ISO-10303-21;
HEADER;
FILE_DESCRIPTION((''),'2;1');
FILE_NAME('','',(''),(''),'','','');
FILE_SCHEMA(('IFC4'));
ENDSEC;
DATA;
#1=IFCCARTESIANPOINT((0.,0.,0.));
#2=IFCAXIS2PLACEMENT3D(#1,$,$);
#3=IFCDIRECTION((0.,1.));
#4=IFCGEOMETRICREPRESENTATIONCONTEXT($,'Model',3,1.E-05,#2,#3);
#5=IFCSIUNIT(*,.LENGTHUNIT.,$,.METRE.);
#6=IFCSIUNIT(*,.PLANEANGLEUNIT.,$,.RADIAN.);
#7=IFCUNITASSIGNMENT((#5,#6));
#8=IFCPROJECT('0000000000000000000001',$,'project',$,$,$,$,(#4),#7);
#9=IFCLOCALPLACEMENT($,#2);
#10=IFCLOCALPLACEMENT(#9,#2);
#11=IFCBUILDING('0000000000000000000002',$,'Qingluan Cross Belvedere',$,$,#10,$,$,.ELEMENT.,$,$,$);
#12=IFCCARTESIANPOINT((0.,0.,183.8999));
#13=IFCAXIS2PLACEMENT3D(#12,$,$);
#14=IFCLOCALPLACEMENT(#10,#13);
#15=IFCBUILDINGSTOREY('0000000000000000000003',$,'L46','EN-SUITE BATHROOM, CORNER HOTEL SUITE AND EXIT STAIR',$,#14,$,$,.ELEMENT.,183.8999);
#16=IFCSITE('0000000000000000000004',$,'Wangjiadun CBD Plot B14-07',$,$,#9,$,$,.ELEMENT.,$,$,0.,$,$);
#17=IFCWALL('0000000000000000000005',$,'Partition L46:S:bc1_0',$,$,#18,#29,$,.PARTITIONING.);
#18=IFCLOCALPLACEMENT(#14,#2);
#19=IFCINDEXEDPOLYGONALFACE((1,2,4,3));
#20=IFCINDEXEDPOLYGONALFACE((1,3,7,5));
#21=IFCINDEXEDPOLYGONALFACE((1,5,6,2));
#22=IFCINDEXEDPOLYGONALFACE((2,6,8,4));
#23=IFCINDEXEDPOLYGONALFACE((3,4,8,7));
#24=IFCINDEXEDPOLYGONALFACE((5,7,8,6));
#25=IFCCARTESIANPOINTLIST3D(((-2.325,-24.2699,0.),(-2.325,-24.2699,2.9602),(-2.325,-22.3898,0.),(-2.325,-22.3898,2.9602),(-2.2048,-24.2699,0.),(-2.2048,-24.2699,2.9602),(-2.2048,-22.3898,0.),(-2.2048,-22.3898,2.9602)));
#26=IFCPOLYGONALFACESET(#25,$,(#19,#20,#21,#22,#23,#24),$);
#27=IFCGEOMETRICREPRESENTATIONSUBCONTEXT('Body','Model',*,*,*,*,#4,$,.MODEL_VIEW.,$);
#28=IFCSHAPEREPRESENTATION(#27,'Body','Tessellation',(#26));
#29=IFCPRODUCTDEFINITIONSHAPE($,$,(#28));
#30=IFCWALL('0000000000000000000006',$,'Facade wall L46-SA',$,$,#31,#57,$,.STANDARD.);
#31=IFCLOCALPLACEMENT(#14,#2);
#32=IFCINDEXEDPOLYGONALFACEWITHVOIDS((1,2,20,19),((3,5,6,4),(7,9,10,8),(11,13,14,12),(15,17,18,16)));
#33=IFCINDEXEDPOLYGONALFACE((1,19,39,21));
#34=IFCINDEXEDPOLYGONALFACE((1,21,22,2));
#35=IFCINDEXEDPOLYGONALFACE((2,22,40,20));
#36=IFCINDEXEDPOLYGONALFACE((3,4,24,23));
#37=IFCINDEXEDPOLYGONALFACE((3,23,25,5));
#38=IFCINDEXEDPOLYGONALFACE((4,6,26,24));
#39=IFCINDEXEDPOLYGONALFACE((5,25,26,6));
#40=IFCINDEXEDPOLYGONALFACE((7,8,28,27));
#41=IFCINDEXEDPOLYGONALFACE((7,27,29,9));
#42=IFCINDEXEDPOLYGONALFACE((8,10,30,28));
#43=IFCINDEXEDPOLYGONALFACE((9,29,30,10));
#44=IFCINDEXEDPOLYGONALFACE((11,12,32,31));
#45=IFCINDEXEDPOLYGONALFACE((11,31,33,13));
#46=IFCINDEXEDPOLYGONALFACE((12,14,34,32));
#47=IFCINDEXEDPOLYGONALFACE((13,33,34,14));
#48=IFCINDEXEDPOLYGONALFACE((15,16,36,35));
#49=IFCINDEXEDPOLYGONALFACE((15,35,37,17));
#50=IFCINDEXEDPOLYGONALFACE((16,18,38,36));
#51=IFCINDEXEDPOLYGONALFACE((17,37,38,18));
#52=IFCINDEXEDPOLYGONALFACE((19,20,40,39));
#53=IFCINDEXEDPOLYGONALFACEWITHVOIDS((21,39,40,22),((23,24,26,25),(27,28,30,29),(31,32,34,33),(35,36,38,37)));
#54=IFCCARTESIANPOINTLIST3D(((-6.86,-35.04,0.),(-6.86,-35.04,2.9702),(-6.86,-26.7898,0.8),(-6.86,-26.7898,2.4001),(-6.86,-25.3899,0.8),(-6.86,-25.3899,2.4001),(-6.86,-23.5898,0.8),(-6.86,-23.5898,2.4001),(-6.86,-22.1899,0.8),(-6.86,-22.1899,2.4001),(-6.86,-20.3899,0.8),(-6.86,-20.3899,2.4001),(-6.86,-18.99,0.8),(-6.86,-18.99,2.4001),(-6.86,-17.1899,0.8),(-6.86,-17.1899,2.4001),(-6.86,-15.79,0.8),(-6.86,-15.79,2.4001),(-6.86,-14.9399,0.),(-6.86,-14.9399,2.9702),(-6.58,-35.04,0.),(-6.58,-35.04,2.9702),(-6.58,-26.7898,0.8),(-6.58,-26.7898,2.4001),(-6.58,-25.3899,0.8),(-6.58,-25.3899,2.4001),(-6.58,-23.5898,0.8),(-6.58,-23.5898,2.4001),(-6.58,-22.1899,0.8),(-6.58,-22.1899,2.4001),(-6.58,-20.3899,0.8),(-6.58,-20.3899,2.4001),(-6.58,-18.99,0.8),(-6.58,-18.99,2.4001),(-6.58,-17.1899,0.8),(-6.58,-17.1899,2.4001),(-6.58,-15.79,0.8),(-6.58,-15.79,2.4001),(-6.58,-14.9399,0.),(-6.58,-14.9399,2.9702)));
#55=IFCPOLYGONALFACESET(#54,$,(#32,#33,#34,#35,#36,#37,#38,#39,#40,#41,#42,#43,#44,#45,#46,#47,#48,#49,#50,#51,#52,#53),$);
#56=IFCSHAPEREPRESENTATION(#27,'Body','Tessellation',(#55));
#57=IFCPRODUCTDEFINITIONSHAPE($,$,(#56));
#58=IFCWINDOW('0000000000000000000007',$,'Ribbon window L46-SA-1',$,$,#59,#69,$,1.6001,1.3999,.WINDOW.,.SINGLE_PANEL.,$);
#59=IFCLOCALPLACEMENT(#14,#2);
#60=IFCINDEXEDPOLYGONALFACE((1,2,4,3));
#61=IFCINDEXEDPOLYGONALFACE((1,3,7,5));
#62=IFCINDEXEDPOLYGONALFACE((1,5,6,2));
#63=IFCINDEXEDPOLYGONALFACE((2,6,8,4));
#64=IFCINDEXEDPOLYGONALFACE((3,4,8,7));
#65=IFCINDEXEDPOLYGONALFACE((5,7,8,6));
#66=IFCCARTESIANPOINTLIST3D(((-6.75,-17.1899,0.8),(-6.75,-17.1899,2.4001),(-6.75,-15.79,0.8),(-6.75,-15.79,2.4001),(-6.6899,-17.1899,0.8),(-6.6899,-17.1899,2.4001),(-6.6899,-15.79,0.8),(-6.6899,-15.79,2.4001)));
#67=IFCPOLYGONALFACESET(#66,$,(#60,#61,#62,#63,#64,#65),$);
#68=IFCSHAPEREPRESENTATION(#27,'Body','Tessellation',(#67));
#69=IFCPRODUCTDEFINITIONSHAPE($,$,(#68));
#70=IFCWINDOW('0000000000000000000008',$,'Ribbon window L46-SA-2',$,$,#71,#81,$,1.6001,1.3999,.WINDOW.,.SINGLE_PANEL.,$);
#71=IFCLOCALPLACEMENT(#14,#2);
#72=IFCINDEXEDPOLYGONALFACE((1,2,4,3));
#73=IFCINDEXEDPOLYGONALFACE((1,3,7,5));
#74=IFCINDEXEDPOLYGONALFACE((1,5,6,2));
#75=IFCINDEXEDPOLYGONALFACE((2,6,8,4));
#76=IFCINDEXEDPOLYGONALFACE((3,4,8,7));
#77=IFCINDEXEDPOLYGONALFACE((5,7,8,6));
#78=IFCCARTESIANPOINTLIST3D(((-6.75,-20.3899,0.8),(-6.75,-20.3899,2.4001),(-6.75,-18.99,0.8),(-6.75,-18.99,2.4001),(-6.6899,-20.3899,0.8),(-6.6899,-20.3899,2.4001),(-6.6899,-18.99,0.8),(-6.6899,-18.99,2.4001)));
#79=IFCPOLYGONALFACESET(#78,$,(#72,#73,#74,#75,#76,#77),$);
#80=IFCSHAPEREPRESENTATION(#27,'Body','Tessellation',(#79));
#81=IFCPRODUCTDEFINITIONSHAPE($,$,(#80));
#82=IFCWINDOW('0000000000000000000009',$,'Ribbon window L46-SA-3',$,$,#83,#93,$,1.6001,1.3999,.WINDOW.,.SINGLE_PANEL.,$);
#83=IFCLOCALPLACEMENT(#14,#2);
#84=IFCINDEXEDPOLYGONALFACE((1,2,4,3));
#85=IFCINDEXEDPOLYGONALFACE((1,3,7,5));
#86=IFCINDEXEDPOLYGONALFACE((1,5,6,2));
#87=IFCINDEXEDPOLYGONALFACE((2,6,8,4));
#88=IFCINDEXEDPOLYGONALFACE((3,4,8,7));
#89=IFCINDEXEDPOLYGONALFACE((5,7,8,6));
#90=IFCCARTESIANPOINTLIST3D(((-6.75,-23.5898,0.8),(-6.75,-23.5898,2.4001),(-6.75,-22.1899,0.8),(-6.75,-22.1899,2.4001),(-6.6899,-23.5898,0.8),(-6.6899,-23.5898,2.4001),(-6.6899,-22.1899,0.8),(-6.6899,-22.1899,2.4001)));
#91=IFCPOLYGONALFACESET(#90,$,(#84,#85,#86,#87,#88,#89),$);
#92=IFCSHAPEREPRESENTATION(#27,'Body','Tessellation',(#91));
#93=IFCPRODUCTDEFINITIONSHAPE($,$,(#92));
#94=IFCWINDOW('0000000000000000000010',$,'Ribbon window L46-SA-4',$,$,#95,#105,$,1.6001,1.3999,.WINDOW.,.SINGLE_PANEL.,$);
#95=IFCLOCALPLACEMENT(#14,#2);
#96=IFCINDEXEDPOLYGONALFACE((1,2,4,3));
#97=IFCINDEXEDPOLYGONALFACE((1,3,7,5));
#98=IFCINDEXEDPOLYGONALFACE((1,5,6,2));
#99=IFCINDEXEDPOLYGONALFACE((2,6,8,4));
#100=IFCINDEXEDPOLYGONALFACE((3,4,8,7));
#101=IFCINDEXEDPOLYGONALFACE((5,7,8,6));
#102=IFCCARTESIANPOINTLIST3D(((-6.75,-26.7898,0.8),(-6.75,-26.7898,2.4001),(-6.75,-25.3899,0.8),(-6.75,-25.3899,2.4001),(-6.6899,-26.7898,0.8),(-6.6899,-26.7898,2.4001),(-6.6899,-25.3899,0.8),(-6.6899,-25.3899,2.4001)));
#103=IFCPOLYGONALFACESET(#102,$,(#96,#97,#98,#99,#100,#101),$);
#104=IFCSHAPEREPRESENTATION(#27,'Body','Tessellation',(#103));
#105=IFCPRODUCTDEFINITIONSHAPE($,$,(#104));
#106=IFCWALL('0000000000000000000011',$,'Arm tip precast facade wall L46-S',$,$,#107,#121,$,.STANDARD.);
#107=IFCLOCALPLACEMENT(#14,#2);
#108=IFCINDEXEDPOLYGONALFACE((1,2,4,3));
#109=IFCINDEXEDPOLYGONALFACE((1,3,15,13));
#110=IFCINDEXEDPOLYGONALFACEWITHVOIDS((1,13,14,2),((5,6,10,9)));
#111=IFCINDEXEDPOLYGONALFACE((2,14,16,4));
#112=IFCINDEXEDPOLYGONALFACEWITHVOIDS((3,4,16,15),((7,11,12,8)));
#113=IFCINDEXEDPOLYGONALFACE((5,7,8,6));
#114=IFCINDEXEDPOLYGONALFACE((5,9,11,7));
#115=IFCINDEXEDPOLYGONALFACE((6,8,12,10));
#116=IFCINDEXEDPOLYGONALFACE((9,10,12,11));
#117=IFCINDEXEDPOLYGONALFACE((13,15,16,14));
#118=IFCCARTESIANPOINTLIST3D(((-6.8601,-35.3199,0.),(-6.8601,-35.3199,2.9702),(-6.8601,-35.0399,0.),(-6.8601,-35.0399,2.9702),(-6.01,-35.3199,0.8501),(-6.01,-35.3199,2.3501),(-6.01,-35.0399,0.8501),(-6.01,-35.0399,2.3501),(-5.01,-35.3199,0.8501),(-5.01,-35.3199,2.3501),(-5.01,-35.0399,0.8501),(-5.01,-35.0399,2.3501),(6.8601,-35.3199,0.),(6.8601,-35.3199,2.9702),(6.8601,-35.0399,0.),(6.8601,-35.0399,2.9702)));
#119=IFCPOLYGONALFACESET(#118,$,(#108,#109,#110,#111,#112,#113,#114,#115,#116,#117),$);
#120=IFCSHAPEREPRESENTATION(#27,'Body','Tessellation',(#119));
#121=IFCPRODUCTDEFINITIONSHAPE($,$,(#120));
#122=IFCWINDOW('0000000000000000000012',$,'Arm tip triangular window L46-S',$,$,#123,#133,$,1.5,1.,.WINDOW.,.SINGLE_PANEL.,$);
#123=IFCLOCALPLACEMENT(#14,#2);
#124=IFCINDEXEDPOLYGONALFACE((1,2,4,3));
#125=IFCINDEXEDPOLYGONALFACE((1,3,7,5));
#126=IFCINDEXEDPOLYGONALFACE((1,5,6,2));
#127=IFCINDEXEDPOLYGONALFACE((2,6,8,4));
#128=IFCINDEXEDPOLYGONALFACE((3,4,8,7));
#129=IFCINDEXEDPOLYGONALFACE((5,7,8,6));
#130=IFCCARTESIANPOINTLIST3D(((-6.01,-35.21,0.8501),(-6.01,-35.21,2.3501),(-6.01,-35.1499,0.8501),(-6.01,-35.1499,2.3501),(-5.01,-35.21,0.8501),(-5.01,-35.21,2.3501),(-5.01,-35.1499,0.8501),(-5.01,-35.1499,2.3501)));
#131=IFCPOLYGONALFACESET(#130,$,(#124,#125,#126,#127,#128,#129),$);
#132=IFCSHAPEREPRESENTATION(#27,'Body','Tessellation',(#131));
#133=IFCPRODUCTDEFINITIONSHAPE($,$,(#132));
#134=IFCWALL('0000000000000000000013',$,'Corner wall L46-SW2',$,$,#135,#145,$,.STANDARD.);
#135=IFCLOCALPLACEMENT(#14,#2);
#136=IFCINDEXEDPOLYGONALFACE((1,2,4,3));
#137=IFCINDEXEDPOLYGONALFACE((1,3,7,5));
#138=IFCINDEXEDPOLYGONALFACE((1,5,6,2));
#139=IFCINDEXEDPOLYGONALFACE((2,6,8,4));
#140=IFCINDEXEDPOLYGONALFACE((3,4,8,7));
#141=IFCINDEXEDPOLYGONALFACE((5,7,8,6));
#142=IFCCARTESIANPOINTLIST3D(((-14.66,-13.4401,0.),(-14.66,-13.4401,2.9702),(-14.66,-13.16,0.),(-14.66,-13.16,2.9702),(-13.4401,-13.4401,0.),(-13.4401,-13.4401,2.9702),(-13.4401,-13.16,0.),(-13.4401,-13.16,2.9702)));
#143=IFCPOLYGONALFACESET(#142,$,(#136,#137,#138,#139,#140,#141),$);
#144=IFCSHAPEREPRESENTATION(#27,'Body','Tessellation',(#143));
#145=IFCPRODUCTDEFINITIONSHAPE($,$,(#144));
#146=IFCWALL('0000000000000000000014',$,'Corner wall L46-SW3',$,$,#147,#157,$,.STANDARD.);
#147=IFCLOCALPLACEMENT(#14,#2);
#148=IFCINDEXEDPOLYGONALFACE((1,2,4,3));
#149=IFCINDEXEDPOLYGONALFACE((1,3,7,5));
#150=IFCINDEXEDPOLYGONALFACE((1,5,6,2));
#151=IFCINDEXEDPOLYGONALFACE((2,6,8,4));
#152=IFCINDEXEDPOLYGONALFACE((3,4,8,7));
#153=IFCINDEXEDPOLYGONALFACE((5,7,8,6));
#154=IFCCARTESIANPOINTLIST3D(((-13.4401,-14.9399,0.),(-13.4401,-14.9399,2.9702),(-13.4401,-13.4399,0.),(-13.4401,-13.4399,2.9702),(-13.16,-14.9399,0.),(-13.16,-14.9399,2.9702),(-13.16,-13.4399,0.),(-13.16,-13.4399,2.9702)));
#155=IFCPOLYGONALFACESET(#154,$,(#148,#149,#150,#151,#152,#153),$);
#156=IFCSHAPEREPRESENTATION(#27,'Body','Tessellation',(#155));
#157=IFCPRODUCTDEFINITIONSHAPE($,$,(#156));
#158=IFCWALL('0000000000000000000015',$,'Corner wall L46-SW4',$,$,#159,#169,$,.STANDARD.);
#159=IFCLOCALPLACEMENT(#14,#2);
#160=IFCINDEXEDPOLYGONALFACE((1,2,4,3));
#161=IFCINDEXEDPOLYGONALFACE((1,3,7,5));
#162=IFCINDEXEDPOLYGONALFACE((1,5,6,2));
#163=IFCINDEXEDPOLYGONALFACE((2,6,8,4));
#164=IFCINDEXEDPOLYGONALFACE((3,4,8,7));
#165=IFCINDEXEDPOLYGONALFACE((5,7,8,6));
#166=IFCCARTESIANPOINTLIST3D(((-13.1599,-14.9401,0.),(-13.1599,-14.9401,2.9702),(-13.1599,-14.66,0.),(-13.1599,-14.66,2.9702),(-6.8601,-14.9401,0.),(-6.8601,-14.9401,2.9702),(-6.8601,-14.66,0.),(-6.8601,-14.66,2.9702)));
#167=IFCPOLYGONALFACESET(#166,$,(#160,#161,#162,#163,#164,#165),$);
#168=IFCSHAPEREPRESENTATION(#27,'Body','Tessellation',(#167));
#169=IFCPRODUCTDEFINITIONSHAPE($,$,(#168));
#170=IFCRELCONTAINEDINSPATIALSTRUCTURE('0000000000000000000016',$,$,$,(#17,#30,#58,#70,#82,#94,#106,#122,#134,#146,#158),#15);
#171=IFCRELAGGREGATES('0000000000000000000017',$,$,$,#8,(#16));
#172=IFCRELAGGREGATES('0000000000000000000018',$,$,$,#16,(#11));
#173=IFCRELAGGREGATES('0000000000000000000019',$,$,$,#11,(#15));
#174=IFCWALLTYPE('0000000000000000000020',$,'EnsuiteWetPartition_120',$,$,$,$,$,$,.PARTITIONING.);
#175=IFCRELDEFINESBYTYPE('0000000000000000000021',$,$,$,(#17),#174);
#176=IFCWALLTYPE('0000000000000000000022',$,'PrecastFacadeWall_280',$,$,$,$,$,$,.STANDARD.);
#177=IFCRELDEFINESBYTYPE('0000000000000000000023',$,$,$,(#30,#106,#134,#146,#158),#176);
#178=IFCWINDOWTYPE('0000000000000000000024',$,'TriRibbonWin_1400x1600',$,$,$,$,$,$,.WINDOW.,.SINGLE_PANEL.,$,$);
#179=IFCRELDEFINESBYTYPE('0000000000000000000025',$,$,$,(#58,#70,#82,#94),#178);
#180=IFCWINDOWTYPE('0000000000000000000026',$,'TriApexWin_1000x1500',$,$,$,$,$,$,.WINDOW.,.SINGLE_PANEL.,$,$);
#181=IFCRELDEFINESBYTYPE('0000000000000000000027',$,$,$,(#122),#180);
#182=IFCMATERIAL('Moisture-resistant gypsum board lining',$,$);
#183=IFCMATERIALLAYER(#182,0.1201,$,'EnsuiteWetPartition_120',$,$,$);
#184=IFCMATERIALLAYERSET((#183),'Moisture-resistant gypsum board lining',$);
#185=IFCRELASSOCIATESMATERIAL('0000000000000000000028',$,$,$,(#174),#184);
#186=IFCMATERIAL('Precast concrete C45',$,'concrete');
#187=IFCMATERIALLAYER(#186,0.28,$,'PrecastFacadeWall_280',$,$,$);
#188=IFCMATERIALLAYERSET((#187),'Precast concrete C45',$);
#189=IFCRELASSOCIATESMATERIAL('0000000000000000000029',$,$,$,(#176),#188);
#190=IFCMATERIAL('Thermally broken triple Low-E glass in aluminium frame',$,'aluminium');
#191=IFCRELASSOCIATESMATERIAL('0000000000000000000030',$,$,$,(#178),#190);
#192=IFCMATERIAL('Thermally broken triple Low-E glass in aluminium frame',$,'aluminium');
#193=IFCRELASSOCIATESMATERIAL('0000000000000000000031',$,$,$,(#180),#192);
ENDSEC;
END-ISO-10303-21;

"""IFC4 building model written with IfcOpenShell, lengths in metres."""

from ifc_helpers import new_model, si_unit, direction, frame, frame_2d, origin, place, context, subcontext, project, spatial, rectangle, extrude, material, layer, layer_set, type_object, element, fill, save


model = new_model("IFC4")

# Units and contexts
model_context = context("Model", 3, precision=1e-05, world=origin(), true_north=direction((0.0, 1.0)))
body_context = subcontext(model_context, "Body", "Model", "MODEL_VIEW")
ifc_project = project(units=[si_unit("LENGTHUNIT", "METRE"), si_unit("PLANEANGLEUNIT", "RADIAN")], contexts=[model_context])

# Site, building, storey
site_placement = place(None, origin())
site = spatial("IfcSite", under=ifc_project, at=site_placement, Name="Wangjiadun CBD Plot B14-07", CompositionType="ELEMENT", RefElevation=0.0)
building_placement = place(site_placement, origin())
building = spatial("IfcBuilding", under=site, at=building_placement, Name="Qingluan Cross Belvedere", CompositionType="ELEMENT")
storey_placement = place(building_placement, frame((0.0, 0.0, 183.8999)))
storey = spatial("IfcBuildingStorey", under=building, at=storey_placement, Name="L46", Description="EN-SUITE BATHROOM, CORNER HOTEL SUITE AND EXIT STAIR", CompositionType="ELEMENT", Elevation=183.8999)

# Wall
ifc_material_1 = material(Name="Moisture-resistant gypsum board lining")
ifc_layer_1 = layer(ifc_material_1, 0.1201, Name="EnsuiteWetPartition_120")
ifc_layer_set_1 = layer_set([ifc_layer_1], Name="Moisture-resistant gypsum board lining")
wall_type_1 = type_object("IfcWallType", Name="EnsuiteWetPartition_120", PredefinedType="PARTITIONING", material=ifc_layer_set_1)
wall_1_placement = place(storey_placement, frame((-2.2649, -22.3899, 0.0), z_axis=(0.0, 0.0, 1.0), x_axis=(0.0, -1.0, 0.0)))
element("IfcWall", 1, at=wall_1_placement, inside=storey, type_object=wall_type_1, Name="Partition L46:S:bc1_0", PredefinedType="PARTITIONING", context=body_context, shape_type="SweptSolid", body=[
    extrude(rectangle(XDim=1.8801, YDim=0.1201, at=frame_2d((0.9399, 0.0))), origin(), (0.0, 0.0, 1.0), 2.9602),
])

# Wall, openings, windows
ifc_material_2 = material(Name="Precast concrete C45", Category="concrete")
ifc_layer_2 = layer(ifc_material_2, 0.28, Name="PrecastFacadeWall_280")
ifc_layer_set_2 = layer_set([ifc_layer_2], Name="Precast concrete C45")
wall_type_2 = type_object("IfcWallType", Name="PrecastFacadeWall_280", PredefinedType="STANDARD", material=ifc_layer_set_2)
wall_2_placement = place(storey_placement, frame((-6.72, -14.9399, 0.0), z_axis=(0.0, 0.0, 1.0), x_axis=(0.0, -1.0, 0.0)))
wall_2 = element("IfcWall", 2, at=wall_2_placement, inside=storey, type_object=wall_type_2, Name="Facade wall L46-SA", PredefinedType="STANDARD", context=body_context, shape_type="SweptSolid", body=[
    extrude(rectangle(XDim=20.1001, YDim=0.28, at=frame_2d((10.05, 0.0))), origin(), (0.0, 0.0, 1.0), 2.9702),
])
opening_1_placement = place(wall_2_placement, frame((0.8501, 0.0, 0.8)))
opening_1 = element("IfcOpeningElement", 3, at=opening_1_placement, cuts=wall_2, PredefinedType="OPENING", context=body_context, shape_type="SweptSolid", body=[
    extrude(rectangle(XDim=1.3999, YDim=1.6001, at=frame_2d((0.7, 0.8))), frame((0.0, 0.1499, 0.0), z_axis=(0.0, -1.0, 0.0), x_axis=(1.0, 0.0, 0.0)), (0.0, 0.0, 1.0), 0.3),
])
opening_2_placement = place(wall_2_placement, frame((4.05, 0.0, 0.8)))
opening_2 = element("IfcOpeningElement", 4, at=opening_2_placement, cuts=wall_2, PredefinedType="OPENING", context=body_context, shape_type="SweptSolid", body=[
    extrude(rectangle(XDim=1.3999, YDim=1.6001, at=frame_2d((0.7, 0.8))), frame((0.0, 0.1499, 0.0), z_axis=(0.0, -1.0, 0.0), x_axis=(1.0, 0.0, 0.0)), (0.0, 0.0, 1.0), 0.3),
])
opening_3_placement = place(wall_2_placement, frame((7.25, 0.0, 0.8)))
opening_3 = element("IfcOpeningElement", 5, at=opening_3_placement, cuts=wall_2, PredefinedType="OPENING", context=body_context, shape_type="SweptSolid", body=[
    extrude(rectangle(XDim=1.3999, YDim=1.6001, at=frame_2d((0.7, 0.8))), frame((0.0, 0.1499, 0.0), z_axis=(0.0, -1.0, 0.0), x_axis=(1.0, 0.0, 0.0)), (0.0, 0.0, 1.0), 0.3),
])
opening_4_placement = place(wall_2_placement, frame((10.45, 0.0, 0.8)))
opening_4 = element("IfcOpeningElement", 6, at=opening_4_placement, cuts=wall_2, PredefinedType="OPENING", context=body_context, shape_type="SweptSolid", body=[
    extrude(rectangle(XDim=1.3999, YDim=1.6001, at=frame_2d((0.7, 0.8))), frame((0.0, 0.1499, 0.0), z_axis=(0.0, -1.0, 0.0), x_axis=(1.0, 0.0, 0.0)), (0.0, 0.0, 1.0), 0.3),
])
ifc_material_3 = material(Name="Thermally broken triple Low-E glass in aluminium frame", Category="aluminium")
window_type_1 = type_object("IfcWindowType", Name="TriRibbonWin_1400x1600", PartitioningType="SINGLE_PANEL", PredefinedType="WINDOW", material=ifc_material_3)
window_1_placement = place(opening_1_placement, origin())
window_1 = element("IfcWindow", 7, at=window_1_placement, inside=storey, type_object=window_type_1, Name="Ribbon window L46-SA-1", OverallHeight=1.6001, OverallWidth=1.3999, PartitioningType="SINGLE_PANEL", PredefinedType="WINDOW", context=body_context, shape_type="SweptSolid", body=[
    extrude(rectangle(XDim=1.3999, YDim=1.6001, at=frame_2d((0.7, 0.8))), frame((0.0, 0.03, 0.0), z_axis=(0.0, -1.0, 0.0), x_axis=(1.0, 0.0, 0.0)), (0.0, 0.0, 1.0), 0.0601),
])
fill(opening_1, window_1)
window_2_placement = place(opening_2_placement, origin())
window_2 = element("IfcWindow", 8, at=window_2_placement, inside=storey, type_object=window_type_1, Name="Ribbon window L46-SA-2", OverallHeight=1.6001, OverallWidth=1.3999, PartitioningType="SINGLE_PANEL", PredefinedType="WINDOW", context=body_context, shape_type="SweptSolid", body=[
    extrude(rectangle(XDim=1.3999, YDim=1.6001, at=frame_2d((0.7, 0.8))), frame((0.0, 0.03, 0.0), z_axis=(0.0, -1.0, 0.0), x_axis=(1.0, 0.0, 0.0)), (0.0, 0.0, 1.0), 0.0601),
])
fill(opening_2, window_2)
window_3_placement = place(opening_3_placement, origin())
window_3 = element("IfcWindow", 9, at=window_3_placement, inside=storey, type_object=window_type_1, Name="Ribbon window L46-SA-3", OverallHeight=1.6001, OverallWidth=1.3999, PartitioningType="SINGLE_PANEL", PredefinedType="WINDOW", context=body_context, shape_type="SweptSolid", body=[
    extrude(rectangle(XDim=1.3999, YDim=1.6001, at=frame_2d((0.7, 0.8))), frame((0.0, 0.03, 0.0), z_axis=(0.0, -1.0, 0.0), x_axis=(1.0, 0.0, 0.0)), (0.0, 0.0, 1.0), 0.0601),
])
fill(opening_3, window_3)
window_4_placement = place(opening_4_placement, origin())
window_4 = element("IfcWindow", 10, at=window_4_placement, inside=storey, type_object=window_type_1, Name="Ribbon window L46-SA-4", OverallHeight=1.6001, OverallWidth=1.3999, PartitioningType="SINGLE_PANEL", PredefinedType="WINDOW", context=body_context, shape_type="SweptSolid", body=[
    extrude(rectangle(XDim=1.3999, YDim=1.6001, at=frame_2d((0.7, 0.8))), frame((0.0, 0.03, 0.0), z_axis=(0.0, -1.0, 0.0), x_axis=(1.0, 0.0, 0.0)), (0.0, 0.0, 1.0), 0.0601),
])
fill(opening_4, window_4)

# Wall, opening, window
wall_3_placement = place(storey_placement, frame((-6.8601, -35.1799, 0.0), z_axis=(0.0, 0.0, 1.0), x_axis=(1.0, 0.0, 0.0)))
wall_3 = element("IfcWall", 11, at=wall_3_placement, inside=storey, type_object=wall_type_2, Name="Arm tip precast facade wall L46-S", PredefinedType="STANDARD", context=body_context, shape_type="SweptSolid", body=[
    extrude(rectangle(XDim=13.7202, YDim=0.28, at=frame_2d((6.8601, 0.0))), origin(), (0.0, 0.0, 1.0), 2.9702),
])
opening_5_placement = place(wall_3_placement, frame((0.8501, 0.0, 0.8501)))
opening_5 = element("IfcOpeningElement", 12, at=opening_5_placement, cuts=wall_3, PredefinedType="OPENING", context=body_context, shape_type="SweptSolid", body=[
    extrude(rectangle(XDim=1.0, YDim=1.5, at=frame_2d((0.5, 0.75))), frame((0.0, 0.1499, 0.0), z_axis=(0.0, -1.0, 0.0), x_axis=(1.0, 0.0, 0.0)), (0.0, 0.0, 1.0), 0.3),
])
ifc_material_4 = material(Name="Thermally broken triple Low-E glass in aluminium frame", Category="aluminium")
window_type_2 = type_object("IfcWindowType", Name="TriApexWin_1000x1500", PartitioningType="SINGLE_PANEL", PredefinedType="WINDOW", material=ifc_material_4)
window_5_placement = place(opening_5_placement, origin())
window_5 = element("IfcWindow", 13, at=window_5_placement, inside=storey, type_object=window_type_2, Name="Arm tip triangular window L46-S", OverallHeight=1.5, OverallWidth=1.0, PartitioningType="SINGLE_PANEL", PredefinedType="WINDOW", context=body_context, shape_type="SweptSolid", body=[
    extrude(rectangle(XDim=1.0, YDim=1.5, at=frame_2d((0.5, 0.75))), frame((0.0, 0.03, 0.0), z_axis=(0.0, -1.0, 0.0), x_axis=(1.0, 0.0, 0.0)), (0.0, 0.0, 1.0), 0.0601),
])
fill(opening_5, window_5)

# Walls
wall_4_placement = place(storey_placement, frame((-14.6599, -13.3, 0.0), z_axis=(0.0, 0.0, 1.0), x_axis=(1.0, 0.0, 0.0)))
element("IfcWall", 14, at=wall_4_placement, inside=storey, type_object=wall_type_2, Name="Corner wall L46-SW2", PredefinedType="STANDARD", context=body_context, shape_type="SweptSolid", body=[
    extrude(rectangle(XDim=1.22, YDim=0.28, at=frame_2d((0.6099, 0.0))), origin(), (0.0, 0.0, 1.0), 2.9702),
])
wall_5_placement = place(storey_placement, frame((-13.3, -13.4399, 0.0), z_axis=(0.0, 0.0, 1.0), x_axis=(0.0, -1.0, 0.0)))
element("IfcWall", 15, at=wall_5_placement, inside=storey, type_object=wall_type_2, Name="Corner wall L46-SW3", PredefinedType="STANDARD", context=body_context, shape_type="SweptSolid", body=[
    extrude(rectangle(XDim=1.5, YDim=0.28, at=frame_2d((0.75, 0.0))), origin(), (0.0, 0.0, 1.0), 2.9702),
])
wall_6_placement = place(storey_placement, frame((-13.1599, -14.8, 0.0), z_axis=(0.0, 0.0, 1.0), x_axis=(1.0, 0.0, 0.0)))
element("IfcWall", 16, at=wall_6_placement, inside=storey, type_object=wall_type_2, Name="Corner wall L46-SW4", PredefinedType="STANDARD", context=body_context, shape_type="SweptSolid", body=[
    extrude(rectangle(XDim=6.2998, YDim=0.28, at=frame_2d((3.1499, 0.0))), origin(), (0.0, 0.0, 1.0), 2.9702),
])

save(model, "model.ifc")
